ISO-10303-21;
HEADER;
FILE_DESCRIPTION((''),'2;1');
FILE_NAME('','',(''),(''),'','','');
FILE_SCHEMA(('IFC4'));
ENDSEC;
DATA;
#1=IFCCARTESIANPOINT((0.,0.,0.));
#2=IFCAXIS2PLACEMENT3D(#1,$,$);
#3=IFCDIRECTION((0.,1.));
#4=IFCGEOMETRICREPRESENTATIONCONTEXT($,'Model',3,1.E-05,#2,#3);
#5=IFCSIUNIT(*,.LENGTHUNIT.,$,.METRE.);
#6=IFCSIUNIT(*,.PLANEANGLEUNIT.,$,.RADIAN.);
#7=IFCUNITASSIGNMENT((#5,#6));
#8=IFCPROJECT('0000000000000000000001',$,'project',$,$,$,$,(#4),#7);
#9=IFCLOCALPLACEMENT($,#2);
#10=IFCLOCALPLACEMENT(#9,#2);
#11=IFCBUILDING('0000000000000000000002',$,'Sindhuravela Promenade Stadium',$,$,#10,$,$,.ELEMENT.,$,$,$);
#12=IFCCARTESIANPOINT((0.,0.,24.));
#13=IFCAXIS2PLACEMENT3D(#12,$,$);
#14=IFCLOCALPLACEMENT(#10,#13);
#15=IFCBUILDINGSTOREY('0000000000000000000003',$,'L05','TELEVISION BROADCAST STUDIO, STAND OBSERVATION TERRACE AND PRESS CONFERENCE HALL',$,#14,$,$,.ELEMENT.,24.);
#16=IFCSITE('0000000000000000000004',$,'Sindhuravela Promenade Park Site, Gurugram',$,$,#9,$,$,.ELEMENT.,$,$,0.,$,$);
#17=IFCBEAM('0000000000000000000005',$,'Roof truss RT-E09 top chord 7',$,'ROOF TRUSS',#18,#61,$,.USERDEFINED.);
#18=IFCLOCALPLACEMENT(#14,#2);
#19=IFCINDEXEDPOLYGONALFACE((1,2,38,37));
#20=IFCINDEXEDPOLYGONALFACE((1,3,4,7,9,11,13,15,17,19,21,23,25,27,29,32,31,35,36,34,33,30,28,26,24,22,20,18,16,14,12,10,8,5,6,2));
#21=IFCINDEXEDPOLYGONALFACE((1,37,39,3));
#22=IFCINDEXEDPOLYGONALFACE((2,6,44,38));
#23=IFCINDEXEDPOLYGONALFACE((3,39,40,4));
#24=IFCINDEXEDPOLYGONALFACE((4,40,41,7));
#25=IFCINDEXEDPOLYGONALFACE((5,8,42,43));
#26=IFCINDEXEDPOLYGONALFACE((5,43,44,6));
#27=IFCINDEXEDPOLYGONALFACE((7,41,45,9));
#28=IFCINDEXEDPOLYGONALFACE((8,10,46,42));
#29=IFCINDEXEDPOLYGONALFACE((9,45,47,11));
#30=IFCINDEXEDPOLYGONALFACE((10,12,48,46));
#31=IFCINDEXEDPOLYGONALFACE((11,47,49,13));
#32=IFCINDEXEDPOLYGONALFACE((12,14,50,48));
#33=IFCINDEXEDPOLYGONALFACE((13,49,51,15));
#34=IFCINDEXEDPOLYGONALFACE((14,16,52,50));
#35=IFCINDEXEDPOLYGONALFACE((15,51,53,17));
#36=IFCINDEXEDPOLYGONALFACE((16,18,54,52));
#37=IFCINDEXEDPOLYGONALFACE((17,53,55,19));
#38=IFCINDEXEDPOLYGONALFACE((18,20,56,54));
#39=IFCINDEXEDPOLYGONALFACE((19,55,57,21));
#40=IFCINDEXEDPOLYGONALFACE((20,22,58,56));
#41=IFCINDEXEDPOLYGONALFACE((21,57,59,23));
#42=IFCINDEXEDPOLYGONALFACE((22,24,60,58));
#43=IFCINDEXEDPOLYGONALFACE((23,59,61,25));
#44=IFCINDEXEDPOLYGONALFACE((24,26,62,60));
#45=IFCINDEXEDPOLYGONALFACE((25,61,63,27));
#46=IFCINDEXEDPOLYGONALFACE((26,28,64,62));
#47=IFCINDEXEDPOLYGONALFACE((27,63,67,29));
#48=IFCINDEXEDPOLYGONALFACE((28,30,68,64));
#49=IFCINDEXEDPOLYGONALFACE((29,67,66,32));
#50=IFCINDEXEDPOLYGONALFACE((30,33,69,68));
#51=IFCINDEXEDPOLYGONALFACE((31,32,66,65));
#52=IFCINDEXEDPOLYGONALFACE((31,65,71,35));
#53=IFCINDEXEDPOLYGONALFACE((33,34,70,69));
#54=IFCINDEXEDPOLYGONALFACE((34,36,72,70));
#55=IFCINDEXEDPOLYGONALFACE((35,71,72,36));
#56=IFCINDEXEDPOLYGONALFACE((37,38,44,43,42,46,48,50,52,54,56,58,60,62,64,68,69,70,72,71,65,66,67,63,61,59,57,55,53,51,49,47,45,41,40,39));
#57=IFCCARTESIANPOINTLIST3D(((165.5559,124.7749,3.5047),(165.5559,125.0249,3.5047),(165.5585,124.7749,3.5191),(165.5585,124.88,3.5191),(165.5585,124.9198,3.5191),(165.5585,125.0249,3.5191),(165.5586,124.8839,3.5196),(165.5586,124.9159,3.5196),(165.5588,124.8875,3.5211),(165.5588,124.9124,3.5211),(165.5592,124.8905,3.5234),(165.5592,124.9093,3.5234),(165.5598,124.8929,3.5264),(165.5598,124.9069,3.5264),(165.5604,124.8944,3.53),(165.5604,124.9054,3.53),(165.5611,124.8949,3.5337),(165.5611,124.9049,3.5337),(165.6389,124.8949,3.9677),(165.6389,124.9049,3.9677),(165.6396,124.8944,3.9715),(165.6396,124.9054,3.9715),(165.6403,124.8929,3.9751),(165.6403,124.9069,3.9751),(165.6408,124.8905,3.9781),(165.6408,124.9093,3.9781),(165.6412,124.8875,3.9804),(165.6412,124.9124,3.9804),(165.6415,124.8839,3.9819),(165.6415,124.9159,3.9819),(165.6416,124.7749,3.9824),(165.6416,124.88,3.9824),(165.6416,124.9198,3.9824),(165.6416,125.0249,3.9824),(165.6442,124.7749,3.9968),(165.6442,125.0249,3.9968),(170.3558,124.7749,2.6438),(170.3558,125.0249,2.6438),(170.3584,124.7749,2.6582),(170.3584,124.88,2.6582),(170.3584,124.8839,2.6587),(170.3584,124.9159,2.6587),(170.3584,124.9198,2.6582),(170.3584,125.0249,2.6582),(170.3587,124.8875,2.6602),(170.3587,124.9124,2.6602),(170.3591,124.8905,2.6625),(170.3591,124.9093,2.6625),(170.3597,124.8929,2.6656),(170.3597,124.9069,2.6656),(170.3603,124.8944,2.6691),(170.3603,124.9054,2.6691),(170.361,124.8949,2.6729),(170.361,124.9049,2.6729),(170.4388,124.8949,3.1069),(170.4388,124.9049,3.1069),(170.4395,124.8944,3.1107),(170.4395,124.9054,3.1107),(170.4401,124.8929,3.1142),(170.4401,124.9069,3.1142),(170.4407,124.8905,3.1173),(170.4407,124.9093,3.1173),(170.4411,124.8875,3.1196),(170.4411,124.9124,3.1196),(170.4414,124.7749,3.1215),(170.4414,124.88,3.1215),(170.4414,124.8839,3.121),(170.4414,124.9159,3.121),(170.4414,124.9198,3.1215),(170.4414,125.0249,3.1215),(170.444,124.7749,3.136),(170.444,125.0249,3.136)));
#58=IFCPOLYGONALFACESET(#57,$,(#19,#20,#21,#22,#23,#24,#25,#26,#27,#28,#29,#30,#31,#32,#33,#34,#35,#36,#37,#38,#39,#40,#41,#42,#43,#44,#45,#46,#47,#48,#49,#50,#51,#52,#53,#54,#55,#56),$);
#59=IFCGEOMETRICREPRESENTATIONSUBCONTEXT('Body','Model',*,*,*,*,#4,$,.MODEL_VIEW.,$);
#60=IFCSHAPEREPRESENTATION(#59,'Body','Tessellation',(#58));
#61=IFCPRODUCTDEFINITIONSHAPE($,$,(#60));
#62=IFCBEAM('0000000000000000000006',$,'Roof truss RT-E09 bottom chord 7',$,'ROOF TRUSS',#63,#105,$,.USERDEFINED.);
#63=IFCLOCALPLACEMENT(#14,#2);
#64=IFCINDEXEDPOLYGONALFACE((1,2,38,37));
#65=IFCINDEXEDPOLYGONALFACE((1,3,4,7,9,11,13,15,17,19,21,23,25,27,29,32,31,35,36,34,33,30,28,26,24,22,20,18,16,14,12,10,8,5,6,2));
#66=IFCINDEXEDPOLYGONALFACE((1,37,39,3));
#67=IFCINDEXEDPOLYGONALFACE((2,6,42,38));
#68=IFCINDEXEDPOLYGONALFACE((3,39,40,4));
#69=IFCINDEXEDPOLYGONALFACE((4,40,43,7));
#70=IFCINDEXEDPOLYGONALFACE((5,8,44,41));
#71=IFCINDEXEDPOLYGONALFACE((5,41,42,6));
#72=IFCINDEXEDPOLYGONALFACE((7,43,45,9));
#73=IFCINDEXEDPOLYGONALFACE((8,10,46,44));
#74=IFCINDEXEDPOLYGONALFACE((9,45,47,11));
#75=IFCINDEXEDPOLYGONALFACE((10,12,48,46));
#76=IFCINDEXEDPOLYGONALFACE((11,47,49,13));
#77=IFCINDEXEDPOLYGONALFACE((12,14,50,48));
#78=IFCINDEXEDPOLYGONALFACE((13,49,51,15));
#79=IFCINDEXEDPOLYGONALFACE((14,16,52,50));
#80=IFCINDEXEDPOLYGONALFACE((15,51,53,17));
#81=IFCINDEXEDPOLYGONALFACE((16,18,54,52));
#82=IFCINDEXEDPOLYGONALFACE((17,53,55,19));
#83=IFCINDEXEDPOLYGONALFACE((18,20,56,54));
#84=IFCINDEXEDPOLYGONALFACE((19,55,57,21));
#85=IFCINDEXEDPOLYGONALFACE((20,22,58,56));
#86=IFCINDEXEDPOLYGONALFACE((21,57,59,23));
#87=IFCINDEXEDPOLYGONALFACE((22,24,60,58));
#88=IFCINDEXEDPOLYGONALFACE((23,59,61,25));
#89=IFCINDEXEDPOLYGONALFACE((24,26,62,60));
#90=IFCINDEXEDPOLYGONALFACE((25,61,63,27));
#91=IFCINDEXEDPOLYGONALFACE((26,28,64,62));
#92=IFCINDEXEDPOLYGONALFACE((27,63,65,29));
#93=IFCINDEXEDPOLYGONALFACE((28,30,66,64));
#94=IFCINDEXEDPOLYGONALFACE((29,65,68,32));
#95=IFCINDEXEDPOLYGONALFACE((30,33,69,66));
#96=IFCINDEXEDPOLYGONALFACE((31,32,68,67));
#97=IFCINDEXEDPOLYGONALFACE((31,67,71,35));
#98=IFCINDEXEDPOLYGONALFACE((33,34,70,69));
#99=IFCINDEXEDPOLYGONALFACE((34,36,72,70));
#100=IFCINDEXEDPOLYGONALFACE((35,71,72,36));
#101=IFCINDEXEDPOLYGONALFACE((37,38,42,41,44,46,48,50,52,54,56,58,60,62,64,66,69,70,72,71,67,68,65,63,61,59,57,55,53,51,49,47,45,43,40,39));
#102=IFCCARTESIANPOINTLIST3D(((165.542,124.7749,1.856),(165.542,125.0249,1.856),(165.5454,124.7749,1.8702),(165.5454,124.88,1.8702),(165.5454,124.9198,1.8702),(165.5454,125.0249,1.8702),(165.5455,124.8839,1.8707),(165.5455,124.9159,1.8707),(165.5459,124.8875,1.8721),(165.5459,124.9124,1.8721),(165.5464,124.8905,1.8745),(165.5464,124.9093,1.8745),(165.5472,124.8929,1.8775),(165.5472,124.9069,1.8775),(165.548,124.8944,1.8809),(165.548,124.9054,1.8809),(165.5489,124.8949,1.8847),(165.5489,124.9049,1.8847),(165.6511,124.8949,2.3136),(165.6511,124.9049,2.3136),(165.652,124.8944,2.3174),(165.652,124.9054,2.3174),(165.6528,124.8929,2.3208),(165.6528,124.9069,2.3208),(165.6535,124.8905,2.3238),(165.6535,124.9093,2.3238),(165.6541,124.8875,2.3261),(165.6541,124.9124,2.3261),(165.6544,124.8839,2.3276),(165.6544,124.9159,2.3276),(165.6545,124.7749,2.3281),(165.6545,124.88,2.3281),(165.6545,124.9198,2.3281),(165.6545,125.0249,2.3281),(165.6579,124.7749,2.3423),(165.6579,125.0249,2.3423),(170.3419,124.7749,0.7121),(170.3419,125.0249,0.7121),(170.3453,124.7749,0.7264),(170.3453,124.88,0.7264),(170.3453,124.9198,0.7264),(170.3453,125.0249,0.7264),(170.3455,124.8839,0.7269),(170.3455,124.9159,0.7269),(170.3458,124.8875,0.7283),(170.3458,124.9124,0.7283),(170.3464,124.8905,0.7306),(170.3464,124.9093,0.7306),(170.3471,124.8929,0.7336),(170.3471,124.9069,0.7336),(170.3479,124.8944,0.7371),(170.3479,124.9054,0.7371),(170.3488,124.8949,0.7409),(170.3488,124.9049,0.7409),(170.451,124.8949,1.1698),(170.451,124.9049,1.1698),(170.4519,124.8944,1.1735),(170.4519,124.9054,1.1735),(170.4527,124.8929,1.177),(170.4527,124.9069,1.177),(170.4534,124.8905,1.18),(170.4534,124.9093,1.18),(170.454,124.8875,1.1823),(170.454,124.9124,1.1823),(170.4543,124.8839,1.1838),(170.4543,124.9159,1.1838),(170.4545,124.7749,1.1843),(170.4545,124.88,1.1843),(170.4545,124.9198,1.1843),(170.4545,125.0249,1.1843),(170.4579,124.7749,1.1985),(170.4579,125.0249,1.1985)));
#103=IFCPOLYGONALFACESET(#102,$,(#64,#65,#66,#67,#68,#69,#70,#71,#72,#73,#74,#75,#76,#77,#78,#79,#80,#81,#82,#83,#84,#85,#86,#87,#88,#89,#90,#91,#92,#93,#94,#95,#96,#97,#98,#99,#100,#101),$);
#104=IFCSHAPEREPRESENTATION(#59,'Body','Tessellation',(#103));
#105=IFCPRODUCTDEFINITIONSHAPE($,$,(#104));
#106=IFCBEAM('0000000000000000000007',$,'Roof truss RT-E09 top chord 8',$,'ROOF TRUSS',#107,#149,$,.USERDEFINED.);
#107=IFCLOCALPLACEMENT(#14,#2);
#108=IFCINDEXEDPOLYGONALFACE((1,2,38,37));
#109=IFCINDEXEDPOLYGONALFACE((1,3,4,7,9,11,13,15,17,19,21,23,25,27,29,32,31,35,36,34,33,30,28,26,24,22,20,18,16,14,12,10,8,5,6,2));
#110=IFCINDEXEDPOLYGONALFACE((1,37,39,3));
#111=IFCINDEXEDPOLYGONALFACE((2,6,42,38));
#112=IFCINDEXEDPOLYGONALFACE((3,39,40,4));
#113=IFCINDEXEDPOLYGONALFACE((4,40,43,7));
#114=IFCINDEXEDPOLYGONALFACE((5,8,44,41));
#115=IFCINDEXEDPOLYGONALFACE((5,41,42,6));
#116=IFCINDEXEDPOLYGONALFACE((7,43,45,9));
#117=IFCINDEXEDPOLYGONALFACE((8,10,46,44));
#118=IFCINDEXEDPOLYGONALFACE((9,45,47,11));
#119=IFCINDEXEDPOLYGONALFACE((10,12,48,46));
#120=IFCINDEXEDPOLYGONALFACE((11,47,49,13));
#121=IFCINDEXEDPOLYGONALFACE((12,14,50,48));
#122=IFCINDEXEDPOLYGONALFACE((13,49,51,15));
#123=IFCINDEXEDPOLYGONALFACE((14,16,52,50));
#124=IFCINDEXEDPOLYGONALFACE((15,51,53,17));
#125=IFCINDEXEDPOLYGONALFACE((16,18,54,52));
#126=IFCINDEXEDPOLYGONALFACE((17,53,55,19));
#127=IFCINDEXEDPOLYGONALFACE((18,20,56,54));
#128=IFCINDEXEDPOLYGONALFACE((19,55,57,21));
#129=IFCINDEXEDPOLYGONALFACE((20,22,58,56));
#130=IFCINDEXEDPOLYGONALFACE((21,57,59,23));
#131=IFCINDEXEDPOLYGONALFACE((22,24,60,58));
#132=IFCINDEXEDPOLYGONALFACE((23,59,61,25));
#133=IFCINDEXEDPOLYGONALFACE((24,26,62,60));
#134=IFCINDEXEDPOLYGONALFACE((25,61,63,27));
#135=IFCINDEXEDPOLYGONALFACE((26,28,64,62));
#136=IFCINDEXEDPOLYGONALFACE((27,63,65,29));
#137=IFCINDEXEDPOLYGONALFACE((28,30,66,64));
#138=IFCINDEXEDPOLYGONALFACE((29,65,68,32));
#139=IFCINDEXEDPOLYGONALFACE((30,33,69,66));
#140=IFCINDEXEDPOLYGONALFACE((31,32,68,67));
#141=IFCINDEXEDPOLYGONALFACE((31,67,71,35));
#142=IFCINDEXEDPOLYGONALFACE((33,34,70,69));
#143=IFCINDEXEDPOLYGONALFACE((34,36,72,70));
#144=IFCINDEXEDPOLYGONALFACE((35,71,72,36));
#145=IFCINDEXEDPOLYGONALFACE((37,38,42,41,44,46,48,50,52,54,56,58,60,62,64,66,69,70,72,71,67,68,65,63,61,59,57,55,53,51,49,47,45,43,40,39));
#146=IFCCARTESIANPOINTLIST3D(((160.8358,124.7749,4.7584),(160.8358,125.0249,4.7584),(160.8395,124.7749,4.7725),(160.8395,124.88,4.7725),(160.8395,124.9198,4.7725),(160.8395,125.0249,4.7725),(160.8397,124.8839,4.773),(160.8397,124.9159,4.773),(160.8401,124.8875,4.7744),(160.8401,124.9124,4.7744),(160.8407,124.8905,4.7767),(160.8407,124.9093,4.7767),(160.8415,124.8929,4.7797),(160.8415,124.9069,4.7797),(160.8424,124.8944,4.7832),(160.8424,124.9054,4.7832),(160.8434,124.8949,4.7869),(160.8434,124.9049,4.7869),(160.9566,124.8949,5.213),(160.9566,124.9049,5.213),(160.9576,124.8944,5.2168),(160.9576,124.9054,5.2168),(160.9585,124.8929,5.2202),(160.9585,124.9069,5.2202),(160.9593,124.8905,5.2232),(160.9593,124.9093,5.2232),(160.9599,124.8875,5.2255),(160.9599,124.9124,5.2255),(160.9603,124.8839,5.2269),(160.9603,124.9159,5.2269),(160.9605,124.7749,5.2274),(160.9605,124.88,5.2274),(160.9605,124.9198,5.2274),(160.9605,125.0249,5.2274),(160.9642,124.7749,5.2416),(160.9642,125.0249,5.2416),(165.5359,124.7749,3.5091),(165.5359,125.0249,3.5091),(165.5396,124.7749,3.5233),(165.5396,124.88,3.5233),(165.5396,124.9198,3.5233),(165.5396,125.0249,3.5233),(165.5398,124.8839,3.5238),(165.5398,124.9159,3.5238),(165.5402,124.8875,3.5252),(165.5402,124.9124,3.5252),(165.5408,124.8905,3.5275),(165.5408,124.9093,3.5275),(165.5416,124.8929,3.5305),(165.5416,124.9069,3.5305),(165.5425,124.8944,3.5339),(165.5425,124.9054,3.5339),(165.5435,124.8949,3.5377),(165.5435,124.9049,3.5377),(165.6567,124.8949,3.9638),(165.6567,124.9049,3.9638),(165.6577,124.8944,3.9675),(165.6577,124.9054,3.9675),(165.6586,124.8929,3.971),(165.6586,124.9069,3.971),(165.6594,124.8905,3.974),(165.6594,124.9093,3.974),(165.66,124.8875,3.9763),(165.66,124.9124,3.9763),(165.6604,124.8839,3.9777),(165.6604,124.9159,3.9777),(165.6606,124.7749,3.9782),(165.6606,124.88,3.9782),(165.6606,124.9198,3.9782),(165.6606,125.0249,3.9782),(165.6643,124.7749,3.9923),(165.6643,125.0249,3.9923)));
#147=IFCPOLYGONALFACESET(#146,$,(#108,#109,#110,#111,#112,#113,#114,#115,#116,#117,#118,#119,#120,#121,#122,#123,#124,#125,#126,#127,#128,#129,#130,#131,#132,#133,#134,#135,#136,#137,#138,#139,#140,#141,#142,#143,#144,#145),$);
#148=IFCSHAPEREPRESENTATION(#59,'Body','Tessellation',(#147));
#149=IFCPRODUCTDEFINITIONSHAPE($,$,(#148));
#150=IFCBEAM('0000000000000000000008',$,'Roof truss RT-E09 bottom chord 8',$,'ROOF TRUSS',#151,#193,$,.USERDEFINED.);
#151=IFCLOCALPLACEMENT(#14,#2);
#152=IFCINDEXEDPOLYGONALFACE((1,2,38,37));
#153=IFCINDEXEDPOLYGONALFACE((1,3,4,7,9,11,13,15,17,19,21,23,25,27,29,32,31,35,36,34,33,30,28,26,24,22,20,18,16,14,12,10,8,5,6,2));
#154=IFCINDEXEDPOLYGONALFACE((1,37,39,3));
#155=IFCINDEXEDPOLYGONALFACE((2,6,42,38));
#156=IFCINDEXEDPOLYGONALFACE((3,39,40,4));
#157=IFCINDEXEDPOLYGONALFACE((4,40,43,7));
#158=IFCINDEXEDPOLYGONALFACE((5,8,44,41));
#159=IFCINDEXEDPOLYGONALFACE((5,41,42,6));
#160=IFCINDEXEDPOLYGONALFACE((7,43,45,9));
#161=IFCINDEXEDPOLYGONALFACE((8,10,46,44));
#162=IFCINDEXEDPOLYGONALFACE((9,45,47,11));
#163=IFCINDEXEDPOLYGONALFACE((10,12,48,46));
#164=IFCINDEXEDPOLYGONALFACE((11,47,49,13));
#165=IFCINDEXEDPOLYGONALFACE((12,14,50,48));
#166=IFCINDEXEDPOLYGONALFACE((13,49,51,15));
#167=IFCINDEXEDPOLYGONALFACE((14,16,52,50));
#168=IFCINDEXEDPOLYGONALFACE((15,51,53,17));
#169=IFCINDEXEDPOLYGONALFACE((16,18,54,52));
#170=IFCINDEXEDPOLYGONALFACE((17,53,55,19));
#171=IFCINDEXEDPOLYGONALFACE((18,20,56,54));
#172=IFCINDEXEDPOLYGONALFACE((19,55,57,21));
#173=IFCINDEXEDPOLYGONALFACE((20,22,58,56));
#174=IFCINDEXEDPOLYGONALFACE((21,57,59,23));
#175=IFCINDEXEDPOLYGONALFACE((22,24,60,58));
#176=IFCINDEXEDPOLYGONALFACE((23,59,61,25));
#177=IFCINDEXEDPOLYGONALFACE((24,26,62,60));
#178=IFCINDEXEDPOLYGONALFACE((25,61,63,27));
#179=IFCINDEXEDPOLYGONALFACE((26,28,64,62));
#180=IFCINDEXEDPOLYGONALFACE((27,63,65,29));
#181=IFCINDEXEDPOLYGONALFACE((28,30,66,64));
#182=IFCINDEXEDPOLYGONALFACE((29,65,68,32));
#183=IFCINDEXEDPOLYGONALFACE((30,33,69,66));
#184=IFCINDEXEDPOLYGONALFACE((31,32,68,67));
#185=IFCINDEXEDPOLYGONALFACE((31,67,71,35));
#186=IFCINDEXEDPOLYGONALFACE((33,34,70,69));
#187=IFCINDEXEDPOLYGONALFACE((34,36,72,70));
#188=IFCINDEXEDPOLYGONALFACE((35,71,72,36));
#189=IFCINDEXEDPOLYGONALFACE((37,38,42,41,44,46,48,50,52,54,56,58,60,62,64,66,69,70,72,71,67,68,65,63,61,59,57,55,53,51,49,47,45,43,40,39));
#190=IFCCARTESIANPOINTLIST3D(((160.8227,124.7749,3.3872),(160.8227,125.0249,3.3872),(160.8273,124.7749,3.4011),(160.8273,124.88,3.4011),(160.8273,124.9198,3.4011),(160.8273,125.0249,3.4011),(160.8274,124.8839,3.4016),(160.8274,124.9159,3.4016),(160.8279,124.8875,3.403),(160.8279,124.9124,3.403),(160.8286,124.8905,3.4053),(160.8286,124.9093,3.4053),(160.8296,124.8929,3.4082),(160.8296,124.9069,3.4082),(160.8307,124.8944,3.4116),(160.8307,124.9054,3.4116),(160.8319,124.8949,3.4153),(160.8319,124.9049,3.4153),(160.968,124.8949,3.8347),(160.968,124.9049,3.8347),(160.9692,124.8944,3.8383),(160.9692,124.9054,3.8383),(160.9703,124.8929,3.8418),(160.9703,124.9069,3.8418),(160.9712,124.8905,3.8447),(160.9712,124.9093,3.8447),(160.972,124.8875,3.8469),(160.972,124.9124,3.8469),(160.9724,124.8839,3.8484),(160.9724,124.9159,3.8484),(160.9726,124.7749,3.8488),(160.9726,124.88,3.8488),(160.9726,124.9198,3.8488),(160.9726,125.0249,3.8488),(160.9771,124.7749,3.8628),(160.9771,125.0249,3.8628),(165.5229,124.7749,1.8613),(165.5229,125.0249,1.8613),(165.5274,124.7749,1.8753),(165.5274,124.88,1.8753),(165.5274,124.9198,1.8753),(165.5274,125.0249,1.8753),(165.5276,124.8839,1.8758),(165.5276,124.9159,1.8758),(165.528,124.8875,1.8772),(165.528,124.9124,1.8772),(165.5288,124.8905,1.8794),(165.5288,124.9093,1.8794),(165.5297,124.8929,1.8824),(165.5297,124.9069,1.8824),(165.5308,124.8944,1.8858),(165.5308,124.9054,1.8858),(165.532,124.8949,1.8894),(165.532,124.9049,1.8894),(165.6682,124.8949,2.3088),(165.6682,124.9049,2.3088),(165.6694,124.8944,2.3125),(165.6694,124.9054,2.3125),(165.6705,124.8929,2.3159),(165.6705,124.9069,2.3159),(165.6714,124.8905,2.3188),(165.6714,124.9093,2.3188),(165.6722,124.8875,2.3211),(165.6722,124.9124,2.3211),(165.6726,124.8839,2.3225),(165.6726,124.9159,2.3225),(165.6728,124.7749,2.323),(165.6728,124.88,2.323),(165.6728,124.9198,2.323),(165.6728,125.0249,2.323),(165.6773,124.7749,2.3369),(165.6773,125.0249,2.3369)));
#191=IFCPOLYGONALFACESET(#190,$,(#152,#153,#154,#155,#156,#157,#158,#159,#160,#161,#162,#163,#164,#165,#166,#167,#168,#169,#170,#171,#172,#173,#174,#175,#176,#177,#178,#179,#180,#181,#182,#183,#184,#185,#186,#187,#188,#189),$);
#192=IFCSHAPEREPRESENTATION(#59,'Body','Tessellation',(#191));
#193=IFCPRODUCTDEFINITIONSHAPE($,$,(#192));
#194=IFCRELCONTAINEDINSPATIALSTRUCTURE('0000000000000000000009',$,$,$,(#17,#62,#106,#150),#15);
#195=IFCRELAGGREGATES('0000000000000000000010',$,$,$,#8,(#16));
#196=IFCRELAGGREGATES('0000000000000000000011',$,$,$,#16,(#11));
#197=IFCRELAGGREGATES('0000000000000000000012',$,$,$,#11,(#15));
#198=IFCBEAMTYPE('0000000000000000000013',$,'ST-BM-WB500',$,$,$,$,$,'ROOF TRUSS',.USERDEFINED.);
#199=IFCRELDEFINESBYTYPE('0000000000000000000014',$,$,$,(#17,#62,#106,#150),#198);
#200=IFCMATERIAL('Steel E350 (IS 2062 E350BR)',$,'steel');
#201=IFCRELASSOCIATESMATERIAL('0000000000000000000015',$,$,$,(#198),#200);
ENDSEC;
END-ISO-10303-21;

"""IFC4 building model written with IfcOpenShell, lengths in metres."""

from ifc_helpers import new_model, si_unit, direction, frame, origin, origin_2d, place, context, subcontext, project, spatial, i_section, extrude, material, material_profile, profile_set, type_object, element, save


model = new_model("IFC4")

# Units and contexts
model_context = context("Model", 3, precision=1e-05, world=origin(), true_north=direction((0.0, 1.0)))
body_context = subcontext(model_context, "Body", "Model", "MODEL_VIEW")
ifc_project = project(units=[si_unit("LENGTHUNIT", "METRE"), si_unit("PLANEANGLEUNIT", "RADIAN")], contexts=[model_context])

# Site, building, storey
site_placement = place(None, origin())
site = spatial("IfcSite", under=ifc_project, at=site_placement, Name="Sindhuravela Promenade Park Site, Gurugram", CompositionType="ELEMENT", RefElevation=0.0)
building_placement = place(site_placement, origin())
building = spatial("IfcBuilding", under=site, at=building_placement, Name="Sindhuravela Promenade Stadium", CompositionType="ELEMENT")
storey_placement = place(building_placement, frame((0.0, 0.0, 24.0)))
storey = spatial("IfcBuildingStorey", under=building, at=storey_placement, Name="L05", Description="TELEVISION BROADCAST STUDIO, STAND OBSERVATION TERRACE AND PRESS CONFERENCE HALL", CompositionType="ELEMENT", Elevation=24.0)

# Beams
ifc_material_1 = material(Name="Steel E350 (IS 2062 E350BR)", Category="steel")
ifc_material_profile_1 = material_profile(ifc_material_1, i_section(OverallWidth=0.25, OverallDepth=0.5, WebThickness=0.01, FlangeThickness=0.0146, FilletRadius=0.0149, at=origin_2d()), Name="ISWB 500")
ifc_profile_set_1 = profile_set([ifc_material_profile_1], Name="Steel E350 (IS 2062 E350BR)")
beam_type = type_object("IfcBeamType", Name="ST-BM-WB500", ElementType="ROOF TRUSS", PredefinedType="USERDEFINED", material=ifc_profile_set_1)
beam_1_placement = place(storey_placement, frame((170.3999, 124.8999, 2.8899), z_axis=(-0.984295, 0.0, 0.176532), x_axis=(0.0, -1.0, 0.0)))
element("IfcBeam", 1, at=beam_1_placement, inside=storey, type_object=beam_type, Name="Roof truss RT-E09 top chord 7", ObjectType="ROOF TRUSS", PredefinedType="USERDEFINED", context=body_context, shape_type="SweptSolid", body=[
    extrude(i_section(OverallWidth=0.25, OverallDepth=0.5, WebThickness=0.01, FlangeThickness=0.0146, FilletRadius=0.0149, at=origin_2d()), origin(), (0.0, 0.0, 1.0), 4.8765),
])
beam_2_placement = place(storey_placement, frame((170.3999, 124.8999, 0.9553), z_axis=(-0.972761, 0.0, 0.23181), x_axis=(0.0, -1.0, 0.0)))
element("IfcBeam", 2, at=beam_2_placement, inside=storey, type_object=beam_type, Name="Roof truss RT-E09 bottom chord 7", ObjectType="ROOF TRUSS", PredefinedType="USERDEFINED", context=body_context, shape_type="SweptSolid", body=[
    extrude(i_section(OverallWidth=0.25, OverallDepth=0.5, WebThickness=0.01, FlangeThickness=0.0146, FilletRadius=0.0149, at=origin_2d()), origin(), (0.0, 0.0, 1.0), 4.9343),
])
beam_3_placement = place(storey_placement, frame((165.6001, 124.8999, 3.7507), z_axis=(-0.966445, 0.0, 0.256872), x_axis=(0.0, -1.0, 0.0)))
element("IfcBeam", 3, at=beam_3_placement, inside=storey, type_object=beam_type, Name="Roof truss RT-E09 top chord 8", ObjectType="ROOF TRUSS", PredefinedType="USERDEFINED", context=body_context, shape_type="SweptSolid", body=[
    extrude(i_section(OverallWidth=0.25, OverallDepth=0.5, WebThickness=0.01, FlangeThickness=0.0146, FilletRadius=0.0149, at=origin_2d()), origin(), (0.0, 0.0, 1.0), 4.8633),
])
beam_4_placement = place(storey_placement, frame((165.6001, 124.8999, 2.0991), z_axis=(-0.951134, 0.0, 0.308778), x_axis=(0.0, -1.0, 0.0)))
element("IfcBeam", 4, at=beam_4_placement, inside=storey, type_object=beam_type, Name="Roof truss RT-E09 bottom chord 8", ObjectType="ROOF TRUSS", PredefinedType="USERDEFINED", context=body_context, shape_type="SweptSolid", body=[
    extrude(i_section(OverallWidth=0.25, OverallDepth=0.5, WebThickness=0.01, FlangeThickness=0.0146, FilletRadius=0.0149, at=origin_2d()), origin(), (0.0, 0.0, 1.0), 4.9417),
])

save(model, "model.ifc")
